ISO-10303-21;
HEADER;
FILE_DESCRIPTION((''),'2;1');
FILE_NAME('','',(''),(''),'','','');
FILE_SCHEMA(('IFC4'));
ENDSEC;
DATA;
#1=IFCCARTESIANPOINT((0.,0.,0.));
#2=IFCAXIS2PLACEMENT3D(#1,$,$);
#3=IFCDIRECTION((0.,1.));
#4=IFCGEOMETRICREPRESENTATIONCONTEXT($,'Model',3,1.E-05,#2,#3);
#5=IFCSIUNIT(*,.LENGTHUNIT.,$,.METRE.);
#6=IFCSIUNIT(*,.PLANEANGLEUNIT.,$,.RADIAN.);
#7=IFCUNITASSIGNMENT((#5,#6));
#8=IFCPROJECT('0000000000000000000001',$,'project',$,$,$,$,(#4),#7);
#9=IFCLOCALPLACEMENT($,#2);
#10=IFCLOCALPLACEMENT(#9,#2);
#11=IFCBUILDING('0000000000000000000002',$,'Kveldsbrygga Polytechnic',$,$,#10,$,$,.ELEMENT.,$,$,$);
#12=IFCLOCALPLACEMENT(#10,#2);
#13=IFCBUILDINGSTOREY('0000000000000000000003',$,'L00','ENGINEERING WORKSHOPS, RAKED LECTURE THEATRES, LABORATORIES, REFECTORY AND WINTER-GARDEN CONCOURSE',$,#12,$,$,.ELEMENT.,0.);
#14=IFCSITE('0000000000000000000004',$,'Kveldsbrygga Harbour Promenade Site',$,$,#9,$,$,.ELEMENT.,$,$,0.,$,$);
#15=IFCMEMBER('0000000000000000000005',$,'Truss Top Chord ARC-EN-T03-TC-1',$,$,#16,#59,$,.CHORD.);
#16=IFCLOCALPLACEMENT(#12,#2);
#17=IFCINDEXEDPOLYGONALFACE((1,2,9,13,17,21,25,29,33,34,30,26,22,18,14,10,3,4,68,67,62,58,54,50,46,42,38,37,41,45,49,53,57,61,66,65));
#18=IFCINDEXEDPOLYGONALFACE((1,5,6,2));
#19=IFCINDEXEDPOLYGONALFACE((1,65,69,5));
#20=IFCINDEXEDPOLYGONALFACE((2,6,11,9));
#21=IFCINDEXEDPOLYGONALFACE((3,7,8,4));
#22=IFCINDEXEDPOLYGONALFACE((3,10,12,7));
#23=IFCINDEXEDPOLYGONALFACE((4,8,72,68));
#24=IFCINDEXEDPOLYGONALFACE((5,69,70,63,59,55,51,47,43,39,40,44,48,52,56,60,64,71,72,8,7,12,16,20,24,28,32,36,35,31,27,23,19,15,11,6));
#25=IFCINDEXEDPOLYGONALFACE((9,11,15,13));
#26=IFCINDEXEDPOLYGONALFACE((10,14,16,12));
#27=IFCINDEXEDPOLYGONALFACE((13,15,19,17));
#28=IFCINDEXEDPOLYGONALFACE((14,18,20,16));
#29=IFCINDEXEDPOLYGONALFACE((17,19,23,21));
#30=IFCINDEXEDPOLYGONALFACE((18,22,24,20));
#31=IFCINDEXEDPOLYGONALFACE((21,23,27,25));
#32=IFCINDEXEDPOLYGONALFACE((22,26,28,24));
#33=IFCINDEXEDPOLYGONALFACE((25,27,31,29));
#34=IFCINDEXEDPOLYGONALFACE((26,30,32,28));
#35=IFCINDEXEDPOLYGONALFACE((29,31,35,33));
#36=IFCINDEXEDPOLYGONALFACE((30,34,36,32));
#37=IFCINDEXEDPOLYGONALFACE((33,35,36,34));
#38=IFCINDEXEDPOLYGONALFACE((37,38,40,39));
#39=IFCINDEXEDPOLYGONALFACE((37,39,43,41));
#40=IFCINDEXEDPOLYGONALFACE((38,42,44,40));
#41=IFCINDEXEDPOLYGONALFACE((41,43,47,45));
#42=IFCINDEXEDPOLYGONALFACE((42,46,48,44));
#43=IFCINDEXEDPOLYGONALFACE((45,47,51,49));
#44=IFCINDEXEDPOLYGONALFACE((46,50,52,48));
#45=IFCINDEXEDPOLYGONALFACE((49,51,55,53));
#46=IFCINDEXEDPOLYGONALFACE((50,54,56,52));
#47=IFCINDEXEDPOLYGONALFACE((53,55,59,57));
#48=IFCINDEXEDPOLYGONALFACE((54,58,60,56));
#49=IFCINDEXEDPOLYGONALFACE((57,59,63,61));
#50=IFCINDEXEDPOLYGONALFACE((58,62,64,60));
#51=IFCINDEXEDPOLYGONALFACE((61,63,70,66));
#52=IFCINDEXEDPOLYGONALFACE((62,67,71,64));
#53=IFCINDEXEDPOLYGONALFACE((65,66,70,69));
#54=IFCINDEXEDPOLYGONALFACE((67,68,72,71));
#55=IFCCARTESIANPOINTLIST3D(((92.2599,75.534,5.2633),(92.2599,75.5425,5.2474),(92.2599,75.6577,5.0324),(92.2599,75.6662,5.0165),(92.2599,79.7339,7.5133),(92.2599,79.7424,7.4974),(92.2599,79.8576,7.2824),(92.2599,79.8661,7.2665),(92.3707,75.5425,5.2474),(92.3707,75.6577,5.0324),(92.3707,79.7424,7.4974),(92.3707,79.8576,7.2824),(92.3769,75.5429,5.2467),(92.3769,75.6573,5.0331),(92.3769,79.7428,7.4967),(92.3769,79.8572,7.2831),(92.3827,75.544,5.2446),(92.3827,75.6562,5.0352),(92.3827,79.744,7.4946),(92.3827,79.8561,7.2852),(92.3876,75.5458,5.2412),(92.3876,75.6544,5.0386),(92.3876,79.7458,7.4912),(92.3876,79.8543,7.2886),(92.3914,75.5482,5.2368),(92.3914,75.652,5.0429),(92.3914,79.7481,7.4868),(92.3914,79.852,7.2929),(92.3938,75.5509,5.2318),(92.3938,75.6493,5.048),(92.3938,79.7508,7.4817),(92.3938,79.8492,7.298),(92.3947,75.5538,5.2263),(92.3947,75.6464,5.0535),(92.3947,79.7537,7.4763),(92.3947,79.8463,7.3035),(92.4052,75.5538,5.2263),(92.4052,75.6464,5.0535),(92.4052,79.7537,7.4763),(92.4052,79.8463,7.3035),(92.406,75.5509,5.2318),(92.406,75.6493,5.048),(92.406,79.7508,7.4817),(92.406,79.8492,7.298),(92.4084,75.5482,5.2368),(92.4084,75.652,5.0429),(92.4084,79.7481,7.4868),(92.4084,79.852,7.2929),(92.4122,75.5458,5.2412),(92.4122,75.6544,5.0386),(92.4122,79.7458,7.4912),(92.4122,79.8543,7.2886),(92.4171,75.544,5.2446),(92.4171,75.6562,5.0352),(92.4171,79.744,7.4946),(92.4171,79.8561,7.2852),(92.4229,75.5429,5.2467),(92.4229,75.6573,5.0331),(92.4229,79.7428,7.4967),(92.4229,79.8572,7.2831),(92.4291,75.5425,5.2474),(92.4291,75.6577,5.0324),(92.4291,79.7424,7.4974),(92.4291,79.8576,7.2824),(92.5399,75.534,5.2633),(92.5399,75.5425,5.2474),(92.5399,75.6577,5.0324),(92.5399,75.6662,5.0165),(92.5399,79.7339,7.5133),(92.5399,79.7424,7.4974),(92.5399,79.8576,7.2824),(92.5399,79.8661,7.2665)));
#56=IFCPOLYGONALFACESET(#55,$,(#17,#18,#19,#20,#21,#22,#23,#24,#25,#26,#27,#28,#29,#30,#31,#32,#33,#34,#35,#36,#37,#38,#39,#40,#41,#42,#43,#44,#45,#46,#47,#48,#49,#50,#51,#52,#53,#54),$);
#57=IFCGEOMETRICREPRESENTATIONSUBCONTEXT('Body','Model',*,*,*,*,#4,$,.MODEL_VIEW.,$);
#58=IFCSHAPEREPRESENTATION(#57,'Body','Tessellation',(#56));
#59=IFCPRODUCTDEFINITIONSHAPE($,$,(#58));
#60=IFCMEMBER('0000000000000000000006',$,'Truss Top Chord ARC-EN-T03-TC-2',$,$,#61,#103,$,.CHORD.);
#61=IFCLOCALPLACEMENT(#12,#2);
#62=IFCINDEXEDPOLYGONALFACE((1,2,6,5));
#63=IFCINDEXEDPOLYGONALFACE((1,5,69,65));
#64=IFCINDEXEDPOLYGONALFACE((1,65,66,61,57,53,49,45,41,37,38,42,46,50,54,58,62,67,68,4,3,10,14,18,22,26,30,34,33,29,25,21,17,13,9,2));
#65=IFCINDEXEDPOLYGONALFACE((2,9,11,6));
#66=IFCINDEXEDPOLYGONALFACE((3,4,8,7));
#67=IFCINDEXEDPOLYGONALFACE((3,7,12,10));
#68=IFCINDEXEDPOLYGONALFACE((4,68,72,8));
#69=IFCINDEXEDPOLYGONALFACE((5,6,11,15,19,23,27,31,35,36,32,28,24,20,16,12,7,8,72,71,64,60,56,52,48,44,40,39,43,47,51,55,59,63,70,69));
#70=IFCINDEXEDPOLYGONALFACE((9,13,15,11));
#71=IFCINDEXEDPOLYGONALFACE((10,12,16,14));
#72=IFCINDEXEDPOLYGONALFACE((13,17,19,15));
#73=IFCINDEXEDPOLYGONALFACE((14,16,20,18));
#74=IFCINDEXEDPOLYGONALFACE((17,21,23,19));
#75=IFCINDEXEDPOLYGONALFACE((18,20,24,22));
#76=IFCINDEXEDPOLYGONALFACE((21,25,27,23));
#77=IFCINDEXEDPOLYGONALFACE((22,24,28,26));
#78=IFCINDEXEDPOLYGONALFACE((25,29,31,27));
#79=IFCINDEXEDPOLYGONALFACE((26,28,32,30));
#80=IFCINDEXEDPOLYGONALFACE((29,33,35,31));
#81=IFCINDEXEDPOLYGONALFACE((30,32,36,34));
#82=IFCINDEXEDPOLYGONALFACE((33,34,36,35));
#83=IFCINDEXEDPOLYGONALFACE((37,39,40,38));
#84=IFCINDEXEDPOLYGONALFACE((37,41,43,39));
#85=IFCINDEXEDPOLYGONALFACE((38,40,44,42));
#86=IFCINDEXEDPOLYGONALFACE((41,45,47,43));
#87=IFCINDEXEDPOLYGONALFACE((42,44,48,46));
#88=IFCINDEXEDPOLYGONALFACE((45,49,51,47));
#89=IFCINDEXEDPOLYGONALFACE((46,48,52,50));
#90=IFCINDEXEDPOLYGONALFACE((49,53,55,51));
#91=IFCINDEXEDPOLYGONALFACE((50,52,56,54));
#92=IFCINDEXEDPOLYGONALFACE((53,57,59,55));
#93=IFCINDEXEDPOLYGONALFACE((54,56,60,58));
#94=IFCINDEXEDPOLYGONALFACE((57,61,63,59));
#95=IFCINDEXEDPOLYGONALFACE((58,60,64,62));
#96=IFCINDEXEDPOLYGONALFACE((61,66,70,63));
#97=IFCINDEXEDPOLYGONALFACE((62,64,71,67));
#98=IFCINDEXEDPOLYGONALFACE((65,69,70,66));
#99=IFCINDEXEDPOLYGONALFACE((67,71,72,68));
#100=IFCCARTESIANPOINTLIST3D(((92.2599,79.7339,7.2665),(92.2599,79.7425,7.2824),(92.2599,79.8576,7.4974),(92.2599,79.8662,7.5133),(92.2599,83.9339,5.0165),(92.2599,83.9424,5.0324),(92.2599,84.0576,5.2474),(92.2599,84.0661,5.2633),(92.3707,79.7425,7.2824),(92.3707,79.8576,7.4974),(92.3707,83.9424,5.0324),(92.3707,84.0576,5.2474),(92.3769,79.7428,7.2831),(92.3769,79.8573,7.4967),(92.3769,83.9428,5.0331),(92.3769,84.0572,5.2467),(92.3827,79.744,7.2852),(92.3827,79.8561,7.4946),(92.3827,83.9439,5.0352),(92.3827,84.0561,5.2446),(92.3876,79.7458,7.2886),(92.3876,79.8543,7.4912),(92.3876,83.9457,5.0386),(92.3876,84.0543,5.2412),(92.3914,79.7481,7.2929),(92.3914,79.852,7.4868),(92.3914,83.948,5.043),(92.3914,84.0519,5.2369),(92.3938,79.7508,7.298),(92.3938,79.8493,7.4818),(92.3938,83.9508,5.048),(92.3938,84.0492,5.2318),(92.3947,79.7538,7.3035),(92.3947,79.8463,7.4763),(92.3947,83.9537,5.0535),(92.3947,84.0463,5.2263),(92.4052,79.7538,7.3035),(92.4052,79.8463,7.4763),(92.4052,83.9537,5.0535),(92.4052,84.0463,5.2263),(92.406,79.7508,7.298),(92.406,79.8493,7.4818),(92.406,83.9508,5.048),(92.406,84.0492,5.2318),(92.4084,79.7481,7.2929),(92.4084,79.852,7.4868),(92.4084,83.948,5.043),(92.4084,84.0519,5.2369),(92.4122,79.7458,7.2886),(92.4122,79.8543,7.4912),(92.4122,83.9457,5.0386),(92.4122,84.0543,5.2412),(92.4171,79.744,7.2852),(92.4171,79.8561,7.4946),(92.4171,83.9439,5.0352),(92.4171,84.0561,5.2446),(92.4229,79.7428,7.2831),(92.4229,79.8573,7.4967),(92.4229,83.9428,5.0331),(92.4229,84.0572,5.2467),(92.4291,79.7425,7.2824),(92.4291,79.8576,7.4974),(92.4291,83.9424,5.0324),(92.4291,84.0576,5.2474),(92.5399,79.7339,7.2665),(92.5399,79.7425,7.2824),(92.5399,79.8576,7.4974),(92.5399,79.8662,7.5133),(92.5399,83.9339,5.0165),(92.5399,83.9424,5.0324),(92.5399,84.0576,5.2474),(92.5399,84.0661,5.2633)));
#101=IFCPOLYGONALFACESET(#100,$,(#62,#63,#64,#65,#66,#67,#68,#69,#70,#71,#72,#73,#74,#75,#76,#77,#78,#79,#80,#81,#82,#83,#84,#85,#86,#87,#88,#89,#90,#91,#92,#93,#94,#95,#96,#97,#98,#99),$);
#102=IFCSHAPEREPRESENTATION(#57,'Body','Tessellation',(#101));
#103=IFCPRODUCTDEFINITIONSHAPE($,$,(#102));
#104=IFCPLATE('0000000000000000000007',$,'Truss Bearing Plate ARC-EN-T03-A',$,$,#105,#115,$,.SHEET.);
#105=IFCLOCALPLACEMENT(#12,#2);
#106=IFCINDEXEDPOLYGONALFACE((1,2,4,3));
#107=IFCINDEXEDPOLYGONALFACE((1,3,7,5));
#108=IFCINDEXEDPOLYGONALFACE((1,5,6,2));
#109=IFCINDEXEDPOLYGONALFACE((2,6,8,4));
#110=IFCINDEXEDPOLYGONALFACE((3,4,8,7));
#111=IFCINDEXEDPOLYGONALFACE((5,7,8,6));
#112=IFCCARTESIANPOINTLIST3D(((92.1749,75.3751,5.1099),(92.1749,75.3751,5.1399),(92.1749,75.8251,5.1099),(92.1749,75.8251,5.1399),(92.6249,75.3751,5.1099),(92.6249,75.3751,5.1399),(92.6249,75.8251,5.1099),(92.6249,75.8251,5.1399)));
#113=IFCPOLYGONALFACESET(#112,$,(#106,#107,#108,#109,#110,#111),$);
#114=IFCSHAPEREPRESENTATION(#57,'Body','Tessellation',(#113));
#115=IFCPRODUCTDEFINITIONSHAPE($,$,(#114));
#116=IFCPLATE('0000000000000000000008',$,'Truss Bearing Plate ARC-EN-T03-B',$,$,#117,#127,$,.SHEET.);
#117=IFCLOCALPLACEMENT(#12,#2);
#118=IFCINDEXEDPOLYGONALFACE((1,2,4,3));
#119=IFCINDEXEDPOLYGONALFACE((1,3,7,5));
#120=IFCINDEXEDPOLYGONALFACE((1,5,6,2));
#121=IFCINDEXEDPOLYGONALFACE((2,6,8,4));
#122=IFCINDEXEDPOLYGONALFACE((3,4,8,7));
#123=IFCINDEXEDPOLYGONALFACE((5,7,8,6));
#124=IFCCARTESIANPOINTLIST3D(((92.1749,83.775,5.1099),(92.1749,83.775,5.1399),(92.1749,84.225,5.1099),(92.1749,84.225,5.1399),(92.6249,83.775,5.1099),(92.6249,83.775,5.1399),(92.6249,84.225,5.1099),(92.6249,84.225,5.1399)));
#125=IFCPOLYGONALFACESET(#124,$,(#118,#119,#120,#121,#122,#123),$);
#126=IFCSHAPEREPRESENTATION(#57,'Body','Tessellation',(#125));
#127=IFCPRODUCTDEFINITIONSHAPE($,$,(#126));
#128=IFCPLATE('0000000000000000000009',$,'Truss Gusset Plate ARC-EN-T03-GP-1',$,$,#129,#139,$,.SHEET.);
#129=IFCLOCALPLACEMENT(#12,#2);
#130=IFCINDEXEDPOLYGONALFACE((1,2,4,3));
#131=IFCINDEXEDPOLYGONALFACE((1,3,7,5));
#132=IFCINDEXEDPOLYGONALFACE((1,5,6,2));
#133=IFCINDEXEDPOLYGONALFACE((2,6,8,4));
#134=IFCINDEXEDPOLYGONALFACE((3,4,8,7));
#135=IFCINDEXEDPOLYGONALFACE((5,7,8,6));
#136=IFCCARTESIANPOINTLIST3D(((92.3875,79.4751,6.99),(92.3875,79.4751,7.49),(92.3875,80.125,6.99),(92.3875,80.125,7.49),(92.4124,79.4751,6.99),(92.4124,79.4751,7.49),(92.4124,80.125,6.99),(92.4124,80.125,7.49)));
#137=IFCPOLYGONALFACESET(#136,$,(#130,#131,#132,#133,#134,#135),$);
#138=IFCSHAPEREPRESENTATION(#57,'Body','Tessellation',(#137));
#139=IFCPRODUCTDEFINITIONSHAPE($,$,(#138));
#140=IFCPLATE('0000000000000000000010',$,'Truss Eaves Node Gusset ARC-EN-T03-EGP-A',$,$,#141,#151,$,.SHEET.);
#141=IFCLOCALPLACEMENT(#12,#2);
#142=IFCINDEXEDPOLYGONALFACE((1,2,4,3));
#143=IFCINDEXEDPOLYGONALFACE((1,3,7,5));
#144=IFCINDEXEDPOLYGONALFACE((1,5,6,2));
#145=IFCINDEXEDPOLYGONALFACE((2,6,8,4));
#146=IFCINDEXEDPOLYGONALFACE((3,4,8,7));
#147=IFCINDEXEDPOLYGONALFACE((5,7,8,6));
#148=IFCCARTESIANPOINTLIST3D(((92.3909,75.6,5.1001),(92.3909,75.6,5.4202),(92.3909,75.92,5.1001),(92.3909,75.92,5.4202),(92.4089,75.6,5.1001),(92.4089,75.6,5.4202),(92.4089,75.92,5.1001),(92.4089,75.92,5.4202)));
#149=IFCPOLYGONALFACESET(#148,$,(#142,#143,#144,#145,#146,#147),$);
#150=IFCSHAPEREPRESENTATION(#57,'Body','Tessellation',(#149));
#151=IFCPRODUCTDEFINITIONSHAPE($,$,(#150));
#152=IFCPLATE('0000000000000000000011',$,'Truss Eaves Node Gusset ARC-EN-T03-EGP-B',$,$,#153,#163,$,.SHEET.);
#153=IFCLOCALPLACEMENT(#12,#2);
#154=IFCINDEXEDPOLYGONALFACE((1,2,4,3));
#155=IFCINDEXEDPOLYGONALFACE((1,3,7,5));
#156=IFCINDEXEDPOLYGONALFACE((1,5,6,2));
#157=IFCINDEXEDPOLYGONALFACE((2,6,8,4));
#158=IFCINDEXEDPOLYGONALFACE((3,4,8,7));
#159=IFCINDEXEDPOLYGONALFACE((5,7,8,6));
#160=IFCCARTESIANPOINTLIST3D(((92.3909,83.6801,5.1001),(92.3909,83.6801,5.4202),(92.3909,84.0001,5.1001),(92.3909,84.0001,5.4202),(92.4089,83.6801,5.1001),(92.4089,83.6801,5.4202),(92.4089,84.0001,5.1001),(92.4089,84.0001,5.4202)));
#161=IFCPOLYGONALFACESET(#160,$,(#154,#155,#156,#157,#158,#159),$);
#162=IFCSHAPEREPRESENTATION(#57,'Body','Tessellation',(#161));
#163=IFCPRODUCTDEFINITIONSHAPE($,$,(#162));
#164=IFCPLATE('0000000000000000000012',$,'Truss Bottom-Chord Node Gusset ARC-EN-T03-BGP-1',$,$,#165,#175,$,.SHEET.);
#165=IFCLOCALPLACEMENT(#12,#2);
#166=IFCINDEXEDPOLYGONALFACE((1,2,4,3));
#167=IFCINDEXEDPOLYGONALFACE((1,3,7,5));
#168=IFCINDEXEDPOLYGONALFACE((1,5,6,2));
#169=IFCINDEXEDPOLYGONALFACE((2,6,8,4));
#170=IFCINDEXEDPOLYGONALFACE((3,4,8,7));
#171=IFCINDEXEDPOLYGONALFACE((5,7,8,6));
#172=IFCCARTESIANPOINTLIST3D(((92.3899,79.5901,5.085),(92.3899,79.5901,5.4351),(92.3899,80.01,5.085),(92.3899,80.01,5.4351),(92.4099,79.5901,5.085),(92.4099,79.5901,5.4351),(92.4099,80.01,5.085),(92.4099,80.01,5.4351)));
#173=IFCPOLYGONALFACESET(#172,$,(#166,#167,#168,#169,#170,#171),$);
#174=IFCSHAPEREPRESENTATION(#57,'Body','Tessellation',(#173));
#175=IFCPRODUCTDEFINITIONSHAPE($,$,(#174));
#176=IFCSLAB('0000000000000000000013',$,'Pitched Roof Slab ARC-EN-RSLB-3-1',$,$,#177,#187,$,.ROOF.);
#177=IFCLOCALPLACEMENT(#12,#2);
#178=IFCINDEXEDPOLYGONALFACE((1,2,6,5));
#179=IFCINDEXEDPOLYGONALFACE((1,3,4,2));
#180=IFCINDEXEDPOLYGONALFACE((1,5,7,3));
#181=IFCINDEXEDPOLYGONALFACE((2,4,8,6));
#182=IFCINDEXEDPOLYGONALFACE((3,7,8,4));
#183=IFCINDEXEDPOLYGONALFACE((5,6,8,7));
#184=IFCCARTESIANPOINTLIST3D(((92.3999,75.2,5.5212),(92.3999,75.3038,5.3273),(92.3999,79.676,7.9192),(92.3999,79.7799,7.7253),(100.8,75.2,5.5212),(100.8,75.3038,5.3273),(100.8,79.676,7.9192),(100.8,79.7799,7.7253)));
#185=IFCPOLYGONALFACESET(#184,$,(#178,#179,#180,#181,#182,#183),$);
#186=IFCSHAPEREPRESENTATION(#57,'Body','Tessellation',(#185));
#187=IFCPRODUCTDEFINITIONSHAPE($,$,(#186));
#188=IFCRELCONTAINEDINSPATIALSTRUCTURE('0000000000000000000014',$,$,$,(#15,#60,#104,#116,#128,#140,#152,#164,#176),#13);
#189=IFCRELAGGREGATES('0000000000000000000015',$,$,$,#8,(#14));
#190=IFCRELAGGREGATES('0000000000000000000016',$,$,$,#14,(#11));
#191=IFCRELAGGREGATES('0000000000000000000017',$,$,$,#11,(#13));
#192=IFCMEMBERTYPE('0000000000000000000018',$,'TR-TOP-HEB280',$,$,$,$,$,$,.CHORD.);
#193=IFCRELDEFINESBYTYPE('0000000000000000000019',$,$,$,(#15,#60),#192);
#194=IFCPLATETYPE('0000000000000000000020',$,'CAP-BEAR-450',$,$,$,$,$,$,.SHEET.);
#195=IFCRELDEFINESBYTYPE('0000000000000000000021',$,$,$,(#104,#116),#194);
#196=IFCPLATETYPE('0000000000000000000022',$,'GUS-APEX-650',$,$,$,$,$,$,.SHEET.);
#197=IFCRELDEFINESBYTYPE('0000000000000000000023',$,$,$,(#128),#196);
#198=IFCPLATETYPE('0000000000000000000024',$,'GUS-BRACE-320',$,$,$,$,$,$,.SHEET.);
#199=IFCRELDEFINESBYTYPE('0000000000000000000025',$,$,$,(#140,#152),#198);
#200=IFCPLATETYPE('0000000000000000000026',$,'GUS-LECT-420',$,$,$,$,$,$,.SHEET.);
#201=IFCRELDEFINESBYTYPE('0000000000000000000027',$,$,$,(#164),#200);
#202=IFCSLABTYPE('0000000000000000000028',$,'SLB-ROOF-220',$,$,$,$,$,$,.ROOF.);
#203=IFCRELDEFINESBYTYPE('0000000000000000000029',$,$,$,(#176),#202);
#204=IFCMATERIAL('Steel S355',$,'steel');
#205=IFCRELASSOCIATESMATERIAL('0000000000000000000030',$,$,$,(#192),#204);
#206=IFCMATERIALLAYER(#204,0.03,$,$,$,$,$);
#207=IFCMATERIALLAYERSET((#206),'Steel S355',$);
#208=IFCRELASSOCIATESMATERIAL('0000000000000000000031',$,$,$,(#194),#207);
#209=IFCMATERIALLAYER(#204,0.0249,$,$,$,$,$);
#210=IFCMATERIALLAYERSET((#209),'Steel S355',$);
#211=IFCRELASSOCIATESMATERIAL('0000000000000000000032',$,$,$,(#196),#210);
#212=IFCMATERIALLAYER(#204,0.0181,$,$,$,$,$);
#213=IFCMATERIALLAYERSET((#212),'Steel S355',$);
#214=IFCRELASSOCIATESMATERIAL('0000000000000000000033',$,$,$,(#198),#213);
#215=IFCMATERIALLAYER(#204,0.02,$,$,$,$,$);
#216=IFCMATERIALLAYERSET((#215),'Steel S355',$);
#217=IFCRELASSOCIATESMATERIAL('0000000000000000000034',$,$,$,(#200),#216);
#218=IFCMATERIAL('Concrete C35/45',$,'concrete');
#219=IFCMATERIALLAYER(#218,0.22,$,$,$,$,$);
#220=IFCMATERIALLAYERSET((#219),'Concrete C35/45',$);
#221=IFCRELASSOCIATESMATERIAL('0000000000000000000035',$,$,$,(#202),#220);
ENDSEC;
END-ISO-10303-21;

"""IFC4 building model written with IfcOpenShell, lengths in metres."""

from ifc_helpers import new_model, si_unit, direction, frame, origin, origin_2d, place, context, subcontext, project, spatial, polyline, rectangle, i_section, outline, extrude, material, layer, layer_set, material_profile, profile_set, type_object, element, save


model = new_model("IFC4")

# Units and contexts
model_context = context("Model", 3, precision=1e-05, world=origin(), true_north=direction((0.0, 1.0)))
body_context = subcontext(model_context, "Body", "Model", "MODEL_VIEW")
ifc_project = project(units=[si_unit("LENGTHUNIT", "METRE"), si_unit("PLANEANGLEUNIT", "RADIAN")], contexts=[model_context])

# Site, building, storey
site_placement = place(None, origin())
site = spatial("IfcSite", under=ifc_project, at=site_placement, Name="Kveldsbrygga Harbour Promenade Site", CompositionType="ELEMENT", RefElevation=0.0)
building_placement = place(site_placement, origin())
building = spatial("IfcBuilding", under=site, at=building_placement, Name="Kveldsbrygga Polytechnic", CompositionType="ELEMENT")
storey_placement = place(building_placement, origin())
storey = spatial("IfcBuildingStorey", under=building, at=storey_placement, Name="L00", Description="ENGINEERING WORKSHOPS, RAKED LECTURE THEATRES, LABORATORIES, REFECTORY AND WINTER-GARDEN CONCOURSE", CompositionType="ELEMENT", Elevation=0.0)

# Shared definitions
ifc_material_1 = material(Name="Concrete C35/45", Category="concrete")
ifc_material_2 = material(Name="Steel S355", Category="steel")

# Members
ifc_material_profile_1 = material_profile(ifc_material_2, i_section(OverallWidth=0.28, OverallDepth=0.28, WebThickness=0.0105, FlangeThickness=0.0181, FilletRadius=0.0239, at=origin_2d()), Name="HEB 280")
ifc_profile_set_1 = profile_set([ifc_material_profile_1], Name="Steel S355")
member_type_1 = type_object("IfcMemberType", Name="TR-TOP-HEB280", PredefinedType="CHORD", material=ifc_profile_set_1)
for number, where, z_axis, x_axis, name in (
    (1, (92.3999, 75.6001, 5.1399), (0.0, 0.881478, 0.472226), (-1.0, 0.0, 0.0), "Truss Top Chord ARC-EN-T03-TC-1"),
    (2, (92.3999, 79.8, 7.3899), (0.0, 0.881478, -0.472226), (-1.0, 0.0, 0.0), "Truss Top Chord ARC-EN-T03-TC-2"),
):
    element("IfcMember", number, at=place(storey_placement, frame(where, z_axis=z_axis, x_axis=x_axis)), inside=storey, type_object=member_type_1, Name=name, PredefinedType="CHORD", context=body_context, shape_type="SweptSolid", body=[
        extrude(i_section(OverallWidth=0.28, OverallDepth=0.28, WebThickness=0.0105, FlangeThickness=0.0181, FilletRadius=0.0239, at=origin_2d()), origin(), (0.0, 0.0, 1.0), 4.7646),
    ])

# Plates
ifc_layer_1 = layer(ifc_material_2, 0.03)
ifc_layer_set_1 = layer_set([ifc_layer_1], Name="Steel S355")
plate_type_1 = type_object("IfcPlateType", Name="CAP-BEAR-450", PredefinedType="SHEET", material=ifc_layer_set_1)
for number, where, z_axis, x_axis, name in (
    (3, (92.3999, 75.6001, 5.1099), (0.0, 0.0, 1.0), (1.0, 0.0, 0.0), "Truss Bearing Plate ARC-EN-T03-A"),
    (4, (92.3999, 84.0, 5.1099), (0.0, 0.0, 1.0), (1.0, 0.0, 0.0), "Truss Bearing Plate ARC-EN-T03-B"),
):
    element("IfcPlate", number, at=place(storey_placement, frame(where, z_axis=z_axis, x_axis=x_axis)), inside=storey, type_object=plate_type_1, Name=name, PredefinedType="SHEET", context=body_context, shape_type="SweptSolid", body=[
        extrude(rectangle(XDim=0.45, YDim=0.45, at=origin_2d()), origin(), (0.0, 0.0, 1.0), 0.03),
    ])
ifc_layer_2 = layer(ifc_material_2, 0.0249)
ifc_layer_set_2 = layer_set([ifc_layer_2], Name="Steel S355")
plate_type_2 = type_object("IfcPlateType", Name="GUS-APEX-650", PredefinedType="SHEET", material=ifc_layer_set_2)
plate_1_placement = place(storey_placement, frame((92.3999, 79.8, 6.99), z_axis=(0.0, 0.0, 1.0), x_axis=(1.0, 0.0, 0.0)))
element("IfcPlate", 5, at=plate_1_placement, inside=storey, type_object=plate_type_2, Name="Truss Gusset Plate ARC-EN-T03-GP-1", PredefinedType="SHEET", context=body_context, shape_type="SweptSolid", body=[
    extrude(rectangle(XDim=0.0249, YDim=0.6499, at=origin_2d()), origin(), (0.0, 0.0, 1.0), 0.5),
])
ifc_layer_3 = layer(ifc_material_2, 0.0181)
ifc_layer_set_3 = layer_set([ifc_layer_3], Name="Steel S355")
plate_type_3 = type_object("IfcPlateType", Name="GUS-BRACE-320", PredefinedType="SHEET", material=ifc_layer_set_3)
for number, where, z_axis, x_axis, name in (
    (6, (92.3999, 75.76, 5.1001), (0.0, 0.0, 1.0), (1.0, 0.0, 0.0), "Truss Eaves Node Gusset ARC-EN-T03-EGP-A"),
    (7, (92.3999, 83.8401, 5.1001), (0.0, 0.0, 1.0), (1.0, 0.0, 0.0), "Truss Eaves Node Gusset ARC-EN-T03-EGP-B"),
):
    element("IfcPlate", number, at=place(storey_placement, frame(where, z_axis=z_axis, x_axis=x_axis)), inside=storey, type_object=plate_type_3, Name=name, PredefinedType="SHEET", context=body_context, shape_type="SweptSolid", body=[
        extrude(rectangle(XDim=0.0181, YDim=0.3201, at=origin_2d()), origin(), (0.0, 0.0, 1.0), 0.3201),
    ])
ifc_layer_4 = layer(ifc_material_2, 0.02)
ifc_layer_set_4 = layer_set([ifc_layer_4], Name="Steel S355")
plate_type_4 = type_object("IfcPlateType", Name="GUS-LECT-420", PredefinedType="SHEET", material=ifc_layer_set_4)
plate_2_placement = place(storey_placement, frame((92.3999, 79.8, 5.085), z_axis=(0.0, 0.0, 1.0), x_axis=(1.0, 0.0, 0.0)))
element("IfcPlate", 8, at=plate_2_placement, inside=storey, type_object=plate_type_4, Name="Truss Bottom-Chord Node Gusset ARC-EN-T03-BGP-1", PredefinedType="SHEET", context=body_context, shape_type="SweptSolid", body=[
    extrude(rectangle(XDim=0.02, YDim=0.4199, at=origin_2d()), origin(), (0.0, 0.0, 1.0), 0.3501),
])

# Slab
ifc_layer_5 = layer(ifc_material_1, 0.22)
ifc_layer_set_5 = layer_set([ifc_layer_5], Name="Concrete C35/45")
slab_type = type_object("IfcSlabType", Name="SLB-ROOF-220", PredefinedType="ROOF", material=ifc_layer_set_5)
slab_1_placement = place(storey_placement, frame((92.3999, 75.2, 5.5212), z_axis=(0.0, -0.472229, 0.881476), x_axis=(1.0, 0.0, 0.0)))
element("IfcSlab", 9, at=slab_1_placement, inside=storey, type_object=slab_type, Name="Pitched Roof Slab ARC-EN-RSLB-3-1", PredefinedType="ROOF", context=body_context, shape_type="SweptSolid", body=[
    extrude(outline(polyline([(0.0, 0.0), (8.4001, 0.0), (8.4001, 5.0779), (0.0, 5.0779), (0.0, 0.0)])), origin(), (0.0, 0.0, -1.0), 0.22),
])

save(model, "model.ifc")
